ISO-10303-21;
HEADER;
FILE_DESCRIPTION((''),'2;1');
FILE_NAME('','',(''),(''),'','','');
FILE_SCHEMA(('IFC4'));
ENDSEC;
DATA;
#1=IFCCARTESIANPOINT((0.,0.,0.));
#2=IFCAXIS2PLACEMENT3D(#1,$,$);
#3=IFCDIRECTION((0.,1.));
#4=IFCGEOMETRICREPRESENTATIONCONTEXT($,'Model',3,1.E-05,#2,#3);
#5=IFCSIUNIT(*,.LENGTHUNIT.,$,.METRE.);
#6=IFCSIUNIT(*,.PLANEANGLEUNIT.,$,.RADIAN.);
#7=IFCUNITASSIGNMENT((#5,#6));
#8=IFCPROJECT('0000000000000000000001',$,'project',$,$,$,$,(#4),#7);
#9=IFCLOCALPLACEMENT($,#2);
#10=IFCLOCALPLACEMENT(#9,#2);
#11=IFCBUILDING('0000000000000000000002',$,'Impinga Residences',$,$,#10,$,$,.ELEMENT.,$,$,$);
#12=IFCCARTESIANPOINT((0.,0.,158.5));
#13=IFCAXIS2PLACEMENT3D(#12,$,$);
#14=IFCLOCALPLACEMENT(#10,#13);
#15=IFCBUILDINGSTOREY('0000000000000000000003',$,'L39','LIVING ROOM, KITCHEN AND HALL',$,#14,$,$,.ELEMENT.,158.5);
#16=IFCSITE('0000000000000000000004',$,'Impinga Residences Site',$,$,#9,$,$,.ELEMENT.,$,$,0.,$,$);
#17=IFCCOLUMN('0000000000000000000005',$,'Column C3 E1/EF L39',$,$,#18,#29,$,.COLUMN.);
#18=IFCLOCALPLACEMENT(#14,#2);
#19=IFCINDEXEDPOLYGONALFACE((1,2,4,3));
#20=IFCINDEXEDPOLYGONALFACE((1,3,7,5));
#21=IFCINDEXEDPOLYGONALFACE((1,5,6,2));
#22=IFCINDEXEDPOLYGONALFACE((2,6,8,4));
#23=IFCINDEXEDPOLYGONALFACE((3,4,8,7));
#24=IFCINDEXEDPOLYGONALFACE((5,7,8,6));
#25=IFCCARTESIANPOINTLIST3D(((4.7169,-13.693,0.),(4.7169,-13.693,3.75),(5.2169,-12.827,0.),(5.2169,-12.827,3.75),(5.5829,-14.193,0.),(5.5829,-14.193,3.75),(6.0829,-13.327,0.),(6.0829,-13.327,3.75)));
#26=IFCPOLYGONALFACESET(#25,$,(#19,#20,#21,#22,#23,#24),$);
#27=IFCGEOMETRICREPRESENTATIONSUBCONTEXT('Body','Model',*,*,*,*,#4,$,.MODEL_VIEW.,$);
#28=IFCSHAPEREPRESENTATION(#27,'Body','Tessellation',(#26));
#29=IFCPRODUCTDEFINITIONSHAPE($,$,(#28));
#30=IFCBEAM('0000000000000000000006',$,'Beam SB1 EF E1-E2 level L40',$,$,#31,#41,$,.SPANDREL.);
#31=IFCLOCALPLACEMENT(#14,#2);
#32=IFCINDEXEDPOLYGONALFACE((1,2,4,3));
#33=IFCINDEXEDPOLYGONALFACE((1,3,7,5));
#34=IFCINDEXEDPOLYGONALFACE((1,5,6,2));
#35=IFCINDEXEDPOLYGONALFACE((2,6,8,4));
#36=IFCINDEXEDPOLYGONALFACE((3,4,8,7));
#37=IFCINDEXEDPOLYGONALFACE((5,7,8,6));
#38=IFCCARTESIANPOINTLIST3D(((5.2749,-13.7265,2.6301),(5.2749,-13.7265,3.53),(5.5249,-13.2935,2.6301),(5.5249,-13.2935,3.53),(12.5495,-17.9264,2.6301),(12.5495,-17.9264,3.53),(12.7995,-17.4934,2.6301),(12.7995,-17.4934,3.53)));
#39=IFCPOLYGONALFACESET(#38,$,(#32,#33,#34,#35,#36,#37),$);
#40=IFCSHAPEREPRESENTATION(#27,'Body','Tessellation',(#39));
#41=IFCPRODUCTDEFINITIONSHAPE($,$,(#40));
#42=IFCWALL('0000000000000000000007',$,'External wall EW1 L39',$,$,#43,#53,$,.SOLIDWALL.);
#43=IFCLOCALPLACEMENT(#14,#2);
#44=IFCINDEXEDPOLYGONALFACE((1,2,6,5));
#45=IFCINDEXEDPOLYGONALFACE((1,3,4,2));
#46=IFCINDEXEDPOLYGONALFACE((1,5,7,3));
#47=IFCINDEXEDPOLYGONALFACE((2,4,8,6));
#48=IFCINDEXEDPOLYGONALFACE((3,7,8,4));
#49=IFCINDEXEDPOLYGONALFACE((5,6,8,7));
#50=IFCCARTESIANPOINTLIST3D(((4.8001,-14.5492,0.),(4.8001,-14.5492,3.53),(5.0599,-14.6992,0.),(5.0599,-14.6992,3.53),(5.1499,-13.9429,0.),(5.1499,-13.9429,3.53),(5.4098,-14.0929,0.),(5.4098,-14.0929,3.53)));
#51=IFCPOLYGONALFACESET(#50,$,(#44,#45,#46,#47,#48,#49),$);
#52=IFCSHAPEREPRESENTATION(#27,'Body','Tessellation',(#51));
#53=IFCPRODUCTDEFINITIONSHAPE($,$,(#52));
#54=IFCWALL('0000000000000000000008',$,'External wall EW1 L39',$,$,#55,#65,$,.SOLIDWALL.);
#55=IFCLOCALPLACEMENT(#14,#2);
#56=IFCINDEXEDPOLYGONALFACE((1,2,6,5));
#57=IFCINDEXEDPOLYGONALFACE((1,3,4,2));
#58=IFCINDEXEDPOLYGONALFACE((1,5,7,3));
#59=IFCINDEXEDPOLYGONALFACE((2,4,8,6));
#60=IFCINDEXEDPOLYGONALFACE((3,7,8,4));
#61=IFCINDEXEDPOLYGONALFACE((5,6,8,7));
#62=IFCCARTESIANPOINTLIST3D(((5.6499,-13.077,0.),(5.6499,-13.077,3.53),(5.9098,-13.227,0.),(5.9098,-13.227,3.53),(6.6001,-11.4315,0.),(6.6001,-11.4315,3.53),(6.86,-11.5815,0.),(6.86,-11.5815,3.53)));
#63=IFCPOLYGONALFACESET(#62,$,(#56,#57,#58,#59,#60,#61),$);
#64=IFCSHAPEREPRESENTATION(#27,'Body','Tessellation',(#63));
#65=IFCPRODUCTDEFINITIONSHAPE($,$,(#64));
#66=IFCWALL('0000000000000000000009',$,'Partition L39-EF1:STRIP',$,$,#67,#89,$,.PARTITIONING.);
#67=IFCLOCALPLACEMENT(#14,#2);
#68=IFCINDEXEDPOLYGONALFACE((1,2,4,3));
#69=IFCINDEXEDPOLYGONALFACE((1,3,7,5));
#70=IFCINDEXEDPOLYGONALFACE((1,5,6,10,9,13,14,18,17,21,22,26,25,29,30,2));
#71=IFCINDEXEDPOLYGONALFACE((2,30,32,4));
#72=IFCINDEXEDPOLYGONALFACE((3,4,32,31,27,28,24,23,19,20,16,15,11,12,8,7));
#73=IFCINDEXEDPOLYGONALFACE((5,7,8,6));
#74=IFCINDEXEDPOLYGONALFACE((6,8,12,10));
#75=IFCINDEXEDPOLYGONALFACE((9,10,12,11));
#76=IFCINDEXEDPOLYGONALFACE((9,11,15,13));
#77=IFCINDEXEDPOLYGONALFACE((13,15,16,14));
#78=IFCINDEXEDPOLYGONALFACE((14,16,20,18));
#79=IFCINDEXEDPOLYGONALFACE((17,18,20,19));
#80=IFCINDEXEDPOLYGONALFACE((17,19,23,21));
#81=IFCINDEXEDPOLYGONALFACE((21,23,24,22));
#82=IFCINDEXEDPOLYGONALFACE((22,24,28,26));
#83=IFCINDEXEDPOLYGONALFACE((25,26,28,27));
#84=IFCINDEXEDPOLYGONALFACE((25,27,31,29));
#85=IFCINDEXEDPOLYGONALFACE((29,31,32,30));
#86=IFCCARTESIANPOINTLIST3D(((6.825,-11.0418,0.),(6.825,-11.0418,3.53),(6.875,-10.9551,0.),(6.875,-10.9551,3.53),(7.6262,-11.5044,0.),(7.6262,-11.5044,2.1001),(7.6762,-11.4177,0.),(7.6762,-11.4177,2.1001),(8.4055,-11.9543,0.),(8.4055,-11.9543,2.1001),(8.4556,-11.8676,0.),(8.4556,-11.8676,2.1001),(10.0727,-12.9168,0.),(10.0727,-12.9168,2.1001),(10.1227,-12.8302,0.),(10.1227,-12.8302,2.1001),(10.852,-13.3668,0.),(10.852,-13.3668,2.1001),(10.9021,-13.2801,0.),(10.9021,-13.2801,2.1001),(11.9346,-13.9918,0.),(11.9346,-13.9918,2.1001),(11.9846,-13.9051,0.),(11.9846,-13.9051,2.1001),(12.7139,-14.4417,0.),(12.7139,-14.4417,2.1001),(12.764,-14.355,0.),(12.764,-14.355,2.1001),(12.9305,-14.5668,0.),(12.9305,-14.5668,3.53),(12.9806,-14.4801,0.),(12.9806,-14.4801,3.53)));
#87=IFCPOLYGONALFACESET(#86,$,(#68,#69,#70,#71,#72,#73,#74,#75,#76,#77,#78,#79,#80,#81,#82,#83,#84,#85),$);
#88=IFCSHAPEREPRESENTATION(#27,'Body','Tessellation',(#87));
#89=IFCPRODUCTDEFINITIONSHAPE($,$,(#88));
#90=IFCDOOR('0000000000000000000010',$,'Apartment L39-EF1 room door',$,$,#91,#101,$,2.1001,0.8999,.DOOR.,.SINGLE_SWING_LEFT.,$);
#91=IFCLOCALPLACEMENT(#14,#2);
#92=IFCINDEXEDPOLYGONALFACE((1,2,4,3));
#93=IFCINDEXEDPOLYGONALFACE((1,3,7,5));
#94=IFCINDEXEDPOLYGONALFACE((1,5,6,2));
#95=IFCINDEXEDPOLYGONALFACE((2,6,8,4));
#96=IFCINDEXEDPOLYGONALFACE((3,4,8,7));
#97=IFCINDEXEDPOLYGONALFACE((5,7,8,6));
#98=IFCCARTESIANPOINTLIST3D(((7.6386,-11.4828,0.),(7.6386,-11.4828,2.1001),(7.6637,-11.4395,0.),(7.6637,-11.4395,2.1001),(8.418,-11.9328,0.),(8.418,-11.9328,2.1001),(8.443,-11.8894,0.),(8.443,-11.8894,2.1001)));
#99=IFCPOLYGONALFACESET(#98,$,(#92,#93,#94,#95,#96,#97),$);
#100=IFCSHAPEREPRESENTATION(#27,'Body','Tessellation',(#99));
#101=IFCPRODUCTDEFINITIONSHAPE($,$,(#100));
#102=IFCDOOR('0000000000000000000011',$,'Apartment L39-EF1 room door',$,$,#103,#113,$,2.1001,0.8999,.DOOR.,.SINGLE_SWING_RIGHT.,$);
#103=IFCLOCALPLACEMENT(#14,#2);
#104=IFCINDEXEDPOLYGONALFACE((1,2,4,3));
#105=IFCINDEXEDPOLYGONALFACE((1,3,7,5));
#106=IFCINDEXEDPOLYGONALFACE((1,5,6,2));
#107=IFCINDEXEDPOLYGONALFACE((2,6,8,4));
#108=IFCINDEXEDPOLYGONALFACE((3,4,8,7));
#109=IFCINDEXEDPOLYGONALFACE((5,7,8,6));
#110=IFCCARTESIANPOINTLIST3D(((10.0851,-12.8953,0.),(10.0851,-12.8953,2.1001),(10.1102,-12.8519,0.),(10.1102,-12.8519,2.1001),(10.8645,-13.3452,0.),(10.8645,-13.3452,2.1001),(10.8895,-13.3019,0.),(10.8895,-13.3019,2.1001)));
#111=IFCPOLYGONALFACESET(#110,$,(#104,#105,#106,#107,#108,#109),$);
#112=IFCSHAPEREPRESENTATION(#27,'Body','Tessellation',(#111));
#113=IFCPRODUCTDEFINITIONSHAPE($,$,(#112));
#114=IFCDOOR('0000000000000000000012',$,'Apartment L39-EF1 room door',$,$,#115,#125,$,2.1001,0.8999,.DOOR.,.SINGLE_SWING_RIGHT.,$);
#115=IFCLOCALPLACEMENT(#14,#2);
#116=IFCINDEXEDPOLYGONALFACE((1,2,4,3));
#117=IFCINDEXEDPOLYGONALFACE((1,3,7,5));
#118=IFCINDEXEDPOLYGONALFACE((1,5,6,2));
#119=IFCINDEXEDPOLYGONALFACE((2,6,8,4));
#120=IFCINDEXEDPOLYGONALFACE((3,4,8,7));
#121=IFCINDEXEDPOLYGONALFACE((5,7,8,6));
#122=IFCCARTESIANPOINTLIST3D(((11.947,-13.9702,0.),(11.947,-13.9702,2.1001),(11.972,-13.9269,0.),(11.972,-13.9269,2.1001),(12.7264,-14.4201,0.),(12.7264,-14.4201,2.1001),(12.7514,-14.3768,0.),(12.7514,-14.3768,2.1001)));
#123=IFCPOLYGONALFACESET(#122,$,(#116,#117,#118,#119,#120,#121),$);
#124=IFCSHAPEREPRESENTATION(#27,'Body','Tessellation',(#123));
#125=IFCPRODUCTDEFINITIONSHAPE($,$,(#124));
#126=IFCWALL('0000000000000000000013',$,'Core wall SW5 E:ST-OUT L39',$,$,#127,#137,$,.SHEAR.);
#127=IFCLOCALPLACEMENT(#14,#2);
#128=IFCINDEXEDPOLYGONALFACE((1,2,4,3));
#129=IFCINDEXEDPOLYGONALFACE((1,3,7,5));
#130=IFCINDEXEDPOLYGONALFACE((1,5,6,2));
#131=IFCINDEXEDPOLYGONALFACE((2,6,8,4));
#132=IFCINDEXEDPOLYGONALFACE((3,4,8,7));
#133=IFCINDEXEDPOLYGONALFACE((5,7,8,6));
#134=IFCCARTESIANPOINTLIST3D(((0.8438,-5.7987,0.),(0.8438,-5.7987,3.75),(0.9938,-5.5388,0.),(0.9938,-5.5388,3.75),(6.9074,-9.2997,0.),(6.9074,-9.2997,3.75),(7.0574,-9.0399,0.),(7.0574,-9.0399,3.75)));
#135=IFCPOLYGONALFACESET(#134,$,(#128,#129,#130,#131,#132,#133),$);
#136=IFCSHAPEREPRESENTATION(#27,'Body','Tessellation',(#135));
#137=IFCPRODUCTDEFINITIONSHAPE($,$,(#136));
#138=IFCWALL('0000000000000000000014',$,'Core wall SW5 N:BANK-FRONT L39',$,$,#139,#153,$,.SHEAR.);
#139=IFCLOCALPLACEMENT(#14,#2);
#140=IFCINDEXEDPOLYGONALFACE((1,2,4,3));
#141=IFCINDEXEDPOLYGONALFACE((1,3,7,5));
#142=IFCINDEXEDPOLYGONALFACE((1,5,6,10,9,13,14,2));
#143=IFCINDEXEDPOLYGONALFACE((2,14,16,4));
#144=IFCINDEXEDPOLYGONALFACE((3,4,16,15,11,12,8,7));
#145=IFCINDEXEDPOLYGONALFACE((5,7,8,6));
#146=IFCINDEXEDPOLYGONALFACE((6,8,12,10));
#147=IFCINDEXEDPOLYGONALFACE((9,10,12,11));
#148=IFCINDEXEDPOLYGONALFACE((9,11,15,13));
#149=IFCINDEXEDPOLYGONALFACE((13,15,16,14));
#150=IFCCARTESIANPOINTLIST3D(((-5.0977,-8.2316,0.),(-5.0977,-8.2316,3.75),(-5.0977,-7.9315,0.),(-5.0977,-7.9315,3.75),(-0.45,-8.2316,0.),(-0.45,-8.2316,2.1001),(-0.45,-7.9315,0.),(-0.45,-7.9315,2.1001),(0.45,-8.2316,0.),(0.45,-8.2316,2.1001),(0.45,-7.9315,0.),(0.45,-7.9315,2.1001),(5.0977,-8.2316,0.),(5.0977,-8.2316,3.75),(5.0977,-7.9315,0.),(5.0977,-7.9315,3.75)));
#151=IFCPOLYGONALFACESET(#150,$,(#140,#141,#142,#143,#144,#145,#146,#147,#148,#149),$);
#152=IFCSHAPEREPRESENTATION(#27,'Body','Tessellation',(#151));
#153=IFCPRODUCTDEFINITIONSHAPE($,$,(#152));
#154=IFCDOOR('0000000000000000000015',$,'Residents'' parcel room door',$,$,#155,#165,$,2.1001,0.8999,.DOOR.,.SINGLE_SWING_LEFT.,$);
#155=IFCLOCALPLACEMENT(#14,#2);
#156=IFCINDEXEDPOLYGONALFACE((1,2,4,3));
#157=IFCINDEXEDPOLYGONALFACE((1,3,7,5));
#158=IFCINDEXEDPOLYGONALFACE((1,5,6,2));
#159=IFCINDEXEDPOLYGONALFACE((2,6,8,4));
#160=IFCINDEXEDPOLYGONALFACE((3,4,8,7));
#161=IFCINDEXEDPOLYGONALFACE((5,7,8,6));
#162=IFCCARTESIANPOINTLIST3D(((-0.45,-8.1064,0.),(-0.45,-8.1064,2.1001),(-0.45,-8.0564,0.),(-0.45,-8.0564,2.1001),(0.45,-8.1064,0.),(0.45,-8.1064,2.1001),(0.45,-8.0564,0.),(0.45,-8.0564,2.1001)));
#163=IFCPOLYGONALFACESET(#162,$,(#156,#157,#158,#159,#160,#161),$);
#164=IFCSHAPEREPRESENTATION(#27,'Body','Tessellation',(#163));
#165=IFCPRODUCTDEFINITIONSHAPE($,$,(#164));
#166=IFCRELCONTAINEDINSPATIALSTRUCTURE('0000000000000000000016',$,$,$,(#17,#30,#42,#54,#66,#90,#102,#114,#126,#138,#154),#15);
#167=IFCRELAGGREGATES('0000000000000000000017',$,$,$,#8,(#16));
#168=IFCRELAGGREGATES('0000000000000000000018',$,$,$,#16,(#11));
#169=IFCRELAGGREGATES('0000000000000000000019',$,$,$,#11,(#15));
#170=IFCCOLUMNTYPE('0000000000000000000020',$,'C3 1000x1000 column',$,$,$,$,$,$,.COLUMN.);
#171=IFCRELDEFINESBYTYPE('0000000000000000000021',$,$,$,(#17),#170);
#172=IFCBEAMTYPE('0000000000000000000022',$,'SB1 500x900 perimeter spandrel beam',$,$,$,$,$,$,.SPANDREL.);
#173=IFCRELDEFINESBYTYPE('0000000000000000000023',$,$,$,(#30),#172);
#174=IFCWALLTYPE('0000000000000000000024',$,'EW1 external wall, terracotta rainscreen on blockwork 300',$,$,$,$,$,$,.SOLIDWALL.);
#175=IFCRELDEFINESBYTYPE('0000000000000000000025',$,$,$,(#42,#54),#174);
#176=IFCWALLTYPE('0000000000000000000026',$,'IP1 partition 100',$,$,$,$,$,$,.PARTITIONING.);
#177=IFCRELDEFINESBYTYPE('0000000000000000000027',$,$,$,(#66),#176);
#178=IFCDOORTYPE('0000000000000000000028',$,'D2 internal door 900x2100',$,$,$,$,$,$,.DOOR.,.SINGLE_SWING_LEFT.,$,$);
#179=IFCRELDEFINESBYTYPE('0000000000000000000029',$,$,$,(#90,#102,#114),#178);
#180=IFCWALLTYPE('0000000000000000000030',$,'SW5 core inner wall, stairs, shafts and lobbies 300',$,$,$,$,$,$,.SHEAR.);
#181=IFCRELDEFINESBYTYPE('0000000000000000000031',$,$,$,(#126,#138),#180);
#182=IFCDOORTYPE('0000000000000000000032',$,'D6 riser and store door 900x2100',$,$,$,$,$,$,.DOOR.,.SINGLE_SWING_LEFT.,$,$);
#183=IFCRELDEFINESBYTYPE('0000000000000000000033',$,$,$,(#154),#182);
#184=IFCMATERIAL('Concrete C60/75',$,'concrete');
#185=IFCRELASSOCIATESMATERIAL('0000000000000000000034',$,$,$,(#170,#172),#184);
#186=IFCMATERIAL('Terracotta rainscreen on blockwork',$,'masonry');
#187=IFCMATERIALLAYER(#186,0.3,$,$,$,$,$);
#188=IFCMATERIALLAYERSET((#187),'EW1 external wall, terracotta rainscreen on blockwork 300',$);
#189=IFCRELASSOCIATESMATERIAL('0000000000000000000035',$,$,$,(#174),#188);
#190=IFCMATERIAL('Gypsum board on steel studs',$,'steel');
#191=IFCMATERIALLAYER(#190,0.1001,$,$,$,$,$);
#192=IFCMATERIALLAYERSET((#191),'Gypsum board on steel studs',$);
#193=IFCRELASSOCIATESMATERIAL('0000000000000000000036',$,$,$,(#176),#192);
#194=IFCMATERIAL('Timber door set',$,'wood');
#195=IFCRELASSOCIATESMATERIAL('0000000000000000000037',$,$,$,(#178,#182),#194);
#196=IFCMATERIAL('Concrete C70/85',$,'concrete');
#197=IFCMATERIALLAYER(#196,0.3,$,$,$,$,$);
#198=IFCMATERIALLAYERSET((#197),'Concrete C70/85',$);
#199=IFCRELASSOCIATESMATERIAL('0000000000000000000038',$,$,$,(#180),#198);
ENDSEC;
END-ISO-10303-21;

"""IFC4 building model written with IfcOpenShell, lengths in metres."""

from ifc_helpers import new_model, si_unit, direction, frame, frame_2d, origin, origin_2d, place, context, subcontext, project, spatial, rectangle, extrude, material, layer, layer_set, material_profile, profile_set, type_object, element, fill, save


model = new_model("IFC4")

# Units and contexts
model_context = context("Model", 3, precision=1e-05, world=origin(), true_north=direction((0.0, 1.0)))
body_context = subcontext(model_context, "Body", "Model", "MODEL_VIEW")
ifc_project = project(units=[si_unit("LENGTHUNIT", "METRE"), si_unit("PLANEANGLEUNIT", "RADIAN")], contexts=[model_context])

# Site, building, storey
site_placement = place(None, origin())
site = spatial("IfcSite", under=ifc_project, at=site_placement, Name="Impinga Residences Site", CompositionType="ELEMENT", RefElevation=0.0)
building_placement = place(site_placement, origin())
building = spatial("IfcBuilding", under=site, at=building_placement, Name="Impinga Residences", CompositionType="ELEMENT")
storey_placement = place(building_placement, frame((0.0, 0.0, 158.5)))
storey = spatial("IfcBuildingStorey", under=building, at=storey_placement, Name="L39", Description="LIVING ROOM, KITCHEN AND HALL", CompositionType="ELEMENT", Elevation=158.5)

# Column
ifc_material_1 = material(Name="Concrete C60/75", Category="concrete")
ifc_material_profile_1 = material_profile(ifc_material_1, rectangle(XDim=1.0, YDim=1.0, at=origin_2d()), Name="RC 1000x1000")
ifc_profile_set_1 = profile_set([ifc_material_profile_1], Name="Concrete C60/75")
column_type = type_object("IfcColumnType", Name="C3 1000x1000 column", PredefinedType="COLUMN", material=ifc_profile_set_1)
column_placement = place(storey_placement, frame((5.3999, -13.51, 0.0), z_axis=(0.0, 0.0, 1.0), x_axis=(-0.5, -0.866025, 0.0)))
element("IfcColumn", 1, at=column_placement, inside=storey, type_object=column_type, Name="Column C3 E1/EF L39", PredefinedType="COLUMN", context=body_context, shape_type="SweptSolid", body=[
    extrude(rectangle(XDim=1.0, YDim=1.0, at=origin_2d()), origin(), (0.0, 0.0, 1.0), 3.75),
])

# Beam
ifc_material_profile_2 = material_profile(ifc_material_1, rectangle(XDim=0.5, YDim=0.8999, at=origin_2d()), Name="RC 500x900")
ifc_profile_set_2 = profile_set([ifc_material_profile_2], Name="Concrete C60/75")
beam_type = type_object("IfcBeamType", Name="SB1 500x900 perimeter spandrel beam", PredefinedType="SPANDREL", material=ifc_profile_set_2)
beam_placement = place(storey_placement, frame((5.3999, -13.51, 3.0801), z_axis=(0.866029, -0.499993, 0.0), x_axis=(0.499993, 0.866029, 0.0)))
element("IfcBeam", 2, at=beam_placement, inside=storey, type_object=beam_type, Name="Beam SB1 EF E1-E2 level L40", PredefinedType="SPANDREL", context=body_context, shape_type="SweptSolid", body=[
    extrude(rectangle(XDim=0.5, YDim=0.8999, at=origin_2d()), origin(), (0.0, 0.0, 1.0), 8.3999),
])

# Walls
ifc_material_2 = material(Name="Terracotta rainscreen on blockwork", Category="masonry")
ifc_layer_1 = layer(ifc_material_2, 0.3)
ifc_layer_set_1 = layer_set([ifc_layer_1], Name="EW1 external wall, terracotta rainscreen on blockwork 300")
wall_type_1 = type_object("IfcWallType", Name="EW1 external wall, terracotta rainscreen on blockwork 300", PredefinedType="SOLIDWALL", material=ifc_layer_set_1)
wall_1_placement = place(storey_placement, frame((4.9299, -14.6243, 0.0), z_axis=(0.0, 0.0, 1.0), x_axis=(0.499853, 0.86611, 0.0)))
element("IfcWall", 3, at=wall_1_placement, inside=storey, type_object=wall_type_1, Name="External wall EW1 L39", PredefinedType="SOLIDWALL", context=body_context, shape_type="SweptSolid", body=[
    extrude(rectangle(XDim=0.7, YDim=0.3, at=frame_2d((0.3501, 0.0))), origin(), (0.0, 0.0, 1.0), 3.53),
])
wall_2_placement = place(storey_placement, frame((5.7798, -13.1521, 0.0), z_axis=(0.0, 0.0, 1.0), x_axis=(0.500064, 0.865989, 0.0)))
element("IfcWall", 4, at=wall_2_placement, inside=storey, type_object=wall_type_1, Name="External wall EW1 L39", PredefinedType="SOLIDWALL", context=body_context, shape_type="SweptSolid", body=[
    extrude(rectangle(XDim=1.9001, YDim=0.3, at=frame_2d((0.9502, 0.0))), origin(), (0.0, 0.0, 1.0), 3.53),
])

# Wall, openings, doors
ifc_material_3 = material(Name="Gypsum board on steel studs", Category="steel")
ifc_layer_2 = layer(ifc_material_3, 0.1001)
ifc_layer_set_2 = layer_set([ifc_layer_2], Name="Gypsum board on steel studs")
wall_type_2 = type_object("IfcWallType", Name="IP1 partition 100", PredefinedType="PARTITIONING", material=ifc_layer_set_2)
wall_3_placement = place(storey_placement, frame((6.8501, -10.9985, 0.0), z_axis=(0.0, 0.0, 1.0), x_axis=(0.866031, -0.49999, 0.0)))
wall_3 = element("IfcWall", 5, at=wall_3_placement, inside=storey, type_object=wall_type_2, Name="Partition L39-EF1:STRIP", PredefinedType="PARTITIONING", context=body_context, shape_type="SweptSolid", body=[
    extrude(rectangle(XDim=7.05, YDim=0.1001, at=frame_2d((3.5249, 0.0))), origin(), (0.0, 0.0, 1.0), 3.53),
])
opening_1_placement = place(wall_3_placement, frame((0.925, 0.0, 0.0)))
opening_1 = element("IfcOpeningElement", 6, at=opening_1_placement, cuts=wall_3, PredefinedType="OPENING", context=body_context, shape_type="SweptSolid", body=[
    extrude(rectangle(XDim=0.8999, YDim=2.1001, at=frame_2d((0.45, 1.05))), frame((0.0, 0.0601, 0.0), z_axis=(0.0, -1.0, 0.0), x_axis=(1.0, 0.0, 0.0)), (0.0, 0.0, 1.0), 0.1201),
])
opening_2_placement = place(wall_3_placement, frame((3.75, 0.0, 0.0)))
opening_2 = element("IfcOpeningElement", 7, at=opening_2_placement, cuts=wall_3, PredefinedType="OPENING", context=body_context, shape_type="SweptSolid", body=[
    extrude(rectangle(XDim=0.8999, YDim=2.1001, at=frame_2d((0.45, 1.05))), frame((0.0, 0.0601, 0.0), z_axis=(0.0, -1.0, 0.0), x_axis=(1.0, 0.0, 0.0)), (0.0, 0.0, 1.0), 0.1201),
])
opening_3_placement = place(wall_3_placement, frame((5.8999, 0.0, 0.0)))
opening_3 = element("IfcOpeningElement", 8, at=opening_3_placement, cuts=wall_3, PredefinedType="OPENING", context=body_context, shape_type="SweptSolid", body=[
    extrude(rectangle(XDim=0.8999, YDim=2.1001, at=frame_2d((0.45, 1.05))), frame((0.0, 0.0601, 0.0), z_axis=(0.0, -1.0, 0.0), x_axis=(1.0, 0.0, 0.0)), (0.0, 0.0, 1.0), 0.1201),
])
ifc_material_4 = material(Name="Timber door set", Category="wood")
door_type_1 = type_object("IfcDoorType", Name="D2 internal door 900x2100", OperationType="SINGLE_SWING_LEFT", PredefinedType="DOOR", material=ifc_material_4)
door_1_placement = place(opening_1_placement, origin())
door_1 = element("IfcDoor", 9, at=door_1_placement, inside=storey, type_object=door_type_1, Name="Apartment L39-EF1 room door", OperationType="SINGLE_SWING_LEFT", OverallHeight=2.1001, OverallWidth=0.8999, PredefinedType="DOOR", context=body_context, shape_type="SweptSolid", body=[
    extrude(rectangle(XDim=0.8999, YDim=2.1001, at=frame_2d((0.45, 1.05))), frame((0.0, 0.0249, 0.0), z_axis=(0.0, -1.0, 0.0), x_axis=(1.0, 0.0, 0.0)), (0.0, 0.0, 1.0), 0.05),
])
fill(opening_1, door_1)
door_2_placement = place(opening_2_placement, origin())
door_2 = element("IfcDoor", 10, at=door_2_placement, inside=storey, type_object=door_type_1, Name="Apartment L39-EF1 room door", OperationType="SINGLE_SWING_RIGHT", OverallHeight=2.1001, OverallWidth=0.8999, PredefinedType="DOOR", context=body_context, shape_type="SweptSolid", body=[
    extrude(rectangle(XDim=0.8999, YDim=2.1001, at=frame_2d((0.45, 1.05))), frame((0.0, 0.0249, 0.0), z_axis=(0.0, -1.0, 0.0), x_axis=(1.0, 0.0, 0.0)), (0.0, 0.0, 1.0), 0.05),
])
fill(opening_2, door_2)
door_3_placement = place(opening_3_placement, origin())
door_3 = element("IfcDoor", 11, at=door_3_placement, inside=storey, type_object=door_type_1, Name="Apartment L39-EF1 room door", OperationType="SINGLE_SWING_RIGHT", OverallHeight=2.1001, OverallWidth=0.8999, PredefinedType="DOOR", context=body_context, shape_type="SweptSolid", body=[
    extrude(rectangle(XDim=0.8999, YDim=2.1001, at=frame_2d((0.45, 1.05))), frame((0.0, 0.0249, 0.0), z_axis=(0.0, -1.0, 0.0), x_axis=(1.0, 0.0, 0.0)), (0.0, 0.0, 1.0), 0.05),
])
fill(opening_3, door_3)

# Wall
ifc_material_5 = material(Name="Concrete C70/85", Category="concrete")
ifc_layer_3 = layer(ifc_material_5, 0.3)
ifc_layer_set_3 = layer_set([ifc_layer_3], Name="Concrete C70/85")
wall_type_3 = type_object("IfcWallType", Name="SW5 core inner wall, stairs, shafts and lobbies 300", PredefinedType="SHEAR", material=ifc_layer_set_3)
wall_4_placement = place(storey_placement, frame((0.9187, -5.6687, 0.0), z_axis=(0.0, 0.0, 1.0), x_axis=(0.866011, -0.500024, 0.0)))
element("IfcWall", 12, at=wall_4_placement, inside=storey, type_object=wall_type_3, Name="Core wall SW5 E:ST-OUT L39", PredefinedType="SHEAR", context=body_context, shape_type="SweptSolid", body=[
    extrude(rectangle(XDim=7.0017, YDim=0.3, at=frame_2d((3.501, 0.0))), origin(), (0.0, 0.0, 1.0), 3.75),
])

# Wall, opening, door
wall_5_placement = place(storey_placement, frame((5.0977, -8.0815, 0.0), z_axis=(0.0, 0.0, 1.0), x_axis=(-1.0, 0.0, 0.0)))
wall_5 = element("IfcWall", 13, at=wall_5_placement, inside=storey, type_object=wall_type_3, Name="Core wall SW5 N:BANK-FRONT L39", PredefinedType="SHEAR", context=body_context, shape_type="SweptSolid", body=[
    extrude(rectangle(XDim=10.1953, YDim=0.3, at=frame_2d((5.0977, 0.0))), origin(), (0.0, 0.0, 1.0), 3.75),
])
opening_4_placement = place(wall_5_placement, frame((4.6477, 0.0, 0.0)))
opening_4 = element("IfcOpeningElement", 14, at=opening_4_placement, cuts=wall_5, PredefinedType="OPENING", context=body_context, shape_type="SweptSolid", body=[
    extrude(rectangle(XDim=0.8999, YDim=2.1001, at=frame_2d((0.45, 1.05))), frame((0.0, 0.1599, 0.0), z_axis=(0.0, -1.0, 0.0), x_axis=(1.0, 0.0, 0.0)), (0.0, 0.0, 1.0), 0.3201),
])
door_type_2 = type_object("IfcDoorType", Name="D6 riser and store door 900x2100", OperationType="SINGLE_SWING_LEFT", PredefinedType="DOOR", material=ifc_material_4)
door_4_placement = place(opening_4_placement, origin())
door_4 = element("IfcDoor", 15, at=door_4_placement, inside=storey, type_object=door_type_2, Name="Residents' parcel room door", OperationType="SINGLE_SWING_LEFT", OverallHeight=2.1001, OverallWidth=0.8999, PredefinedType="DOOR", context=body_context, shape_type="SweptSolid", body=[
    extrude(rectangle(XDim=0.8999, YDim=2.1001, at=frame_2d((0.45, 1.05))), frame((0.0, 0.0249, 0.0), z_axis=(0.0, -1.0, 0.0), x_axis=(1.0, 0.0, 0.0)), (0.0, 0.0, 1.0), 0.05),
])
fill(opening_4, door_4)

save(model, "model.ifc")
